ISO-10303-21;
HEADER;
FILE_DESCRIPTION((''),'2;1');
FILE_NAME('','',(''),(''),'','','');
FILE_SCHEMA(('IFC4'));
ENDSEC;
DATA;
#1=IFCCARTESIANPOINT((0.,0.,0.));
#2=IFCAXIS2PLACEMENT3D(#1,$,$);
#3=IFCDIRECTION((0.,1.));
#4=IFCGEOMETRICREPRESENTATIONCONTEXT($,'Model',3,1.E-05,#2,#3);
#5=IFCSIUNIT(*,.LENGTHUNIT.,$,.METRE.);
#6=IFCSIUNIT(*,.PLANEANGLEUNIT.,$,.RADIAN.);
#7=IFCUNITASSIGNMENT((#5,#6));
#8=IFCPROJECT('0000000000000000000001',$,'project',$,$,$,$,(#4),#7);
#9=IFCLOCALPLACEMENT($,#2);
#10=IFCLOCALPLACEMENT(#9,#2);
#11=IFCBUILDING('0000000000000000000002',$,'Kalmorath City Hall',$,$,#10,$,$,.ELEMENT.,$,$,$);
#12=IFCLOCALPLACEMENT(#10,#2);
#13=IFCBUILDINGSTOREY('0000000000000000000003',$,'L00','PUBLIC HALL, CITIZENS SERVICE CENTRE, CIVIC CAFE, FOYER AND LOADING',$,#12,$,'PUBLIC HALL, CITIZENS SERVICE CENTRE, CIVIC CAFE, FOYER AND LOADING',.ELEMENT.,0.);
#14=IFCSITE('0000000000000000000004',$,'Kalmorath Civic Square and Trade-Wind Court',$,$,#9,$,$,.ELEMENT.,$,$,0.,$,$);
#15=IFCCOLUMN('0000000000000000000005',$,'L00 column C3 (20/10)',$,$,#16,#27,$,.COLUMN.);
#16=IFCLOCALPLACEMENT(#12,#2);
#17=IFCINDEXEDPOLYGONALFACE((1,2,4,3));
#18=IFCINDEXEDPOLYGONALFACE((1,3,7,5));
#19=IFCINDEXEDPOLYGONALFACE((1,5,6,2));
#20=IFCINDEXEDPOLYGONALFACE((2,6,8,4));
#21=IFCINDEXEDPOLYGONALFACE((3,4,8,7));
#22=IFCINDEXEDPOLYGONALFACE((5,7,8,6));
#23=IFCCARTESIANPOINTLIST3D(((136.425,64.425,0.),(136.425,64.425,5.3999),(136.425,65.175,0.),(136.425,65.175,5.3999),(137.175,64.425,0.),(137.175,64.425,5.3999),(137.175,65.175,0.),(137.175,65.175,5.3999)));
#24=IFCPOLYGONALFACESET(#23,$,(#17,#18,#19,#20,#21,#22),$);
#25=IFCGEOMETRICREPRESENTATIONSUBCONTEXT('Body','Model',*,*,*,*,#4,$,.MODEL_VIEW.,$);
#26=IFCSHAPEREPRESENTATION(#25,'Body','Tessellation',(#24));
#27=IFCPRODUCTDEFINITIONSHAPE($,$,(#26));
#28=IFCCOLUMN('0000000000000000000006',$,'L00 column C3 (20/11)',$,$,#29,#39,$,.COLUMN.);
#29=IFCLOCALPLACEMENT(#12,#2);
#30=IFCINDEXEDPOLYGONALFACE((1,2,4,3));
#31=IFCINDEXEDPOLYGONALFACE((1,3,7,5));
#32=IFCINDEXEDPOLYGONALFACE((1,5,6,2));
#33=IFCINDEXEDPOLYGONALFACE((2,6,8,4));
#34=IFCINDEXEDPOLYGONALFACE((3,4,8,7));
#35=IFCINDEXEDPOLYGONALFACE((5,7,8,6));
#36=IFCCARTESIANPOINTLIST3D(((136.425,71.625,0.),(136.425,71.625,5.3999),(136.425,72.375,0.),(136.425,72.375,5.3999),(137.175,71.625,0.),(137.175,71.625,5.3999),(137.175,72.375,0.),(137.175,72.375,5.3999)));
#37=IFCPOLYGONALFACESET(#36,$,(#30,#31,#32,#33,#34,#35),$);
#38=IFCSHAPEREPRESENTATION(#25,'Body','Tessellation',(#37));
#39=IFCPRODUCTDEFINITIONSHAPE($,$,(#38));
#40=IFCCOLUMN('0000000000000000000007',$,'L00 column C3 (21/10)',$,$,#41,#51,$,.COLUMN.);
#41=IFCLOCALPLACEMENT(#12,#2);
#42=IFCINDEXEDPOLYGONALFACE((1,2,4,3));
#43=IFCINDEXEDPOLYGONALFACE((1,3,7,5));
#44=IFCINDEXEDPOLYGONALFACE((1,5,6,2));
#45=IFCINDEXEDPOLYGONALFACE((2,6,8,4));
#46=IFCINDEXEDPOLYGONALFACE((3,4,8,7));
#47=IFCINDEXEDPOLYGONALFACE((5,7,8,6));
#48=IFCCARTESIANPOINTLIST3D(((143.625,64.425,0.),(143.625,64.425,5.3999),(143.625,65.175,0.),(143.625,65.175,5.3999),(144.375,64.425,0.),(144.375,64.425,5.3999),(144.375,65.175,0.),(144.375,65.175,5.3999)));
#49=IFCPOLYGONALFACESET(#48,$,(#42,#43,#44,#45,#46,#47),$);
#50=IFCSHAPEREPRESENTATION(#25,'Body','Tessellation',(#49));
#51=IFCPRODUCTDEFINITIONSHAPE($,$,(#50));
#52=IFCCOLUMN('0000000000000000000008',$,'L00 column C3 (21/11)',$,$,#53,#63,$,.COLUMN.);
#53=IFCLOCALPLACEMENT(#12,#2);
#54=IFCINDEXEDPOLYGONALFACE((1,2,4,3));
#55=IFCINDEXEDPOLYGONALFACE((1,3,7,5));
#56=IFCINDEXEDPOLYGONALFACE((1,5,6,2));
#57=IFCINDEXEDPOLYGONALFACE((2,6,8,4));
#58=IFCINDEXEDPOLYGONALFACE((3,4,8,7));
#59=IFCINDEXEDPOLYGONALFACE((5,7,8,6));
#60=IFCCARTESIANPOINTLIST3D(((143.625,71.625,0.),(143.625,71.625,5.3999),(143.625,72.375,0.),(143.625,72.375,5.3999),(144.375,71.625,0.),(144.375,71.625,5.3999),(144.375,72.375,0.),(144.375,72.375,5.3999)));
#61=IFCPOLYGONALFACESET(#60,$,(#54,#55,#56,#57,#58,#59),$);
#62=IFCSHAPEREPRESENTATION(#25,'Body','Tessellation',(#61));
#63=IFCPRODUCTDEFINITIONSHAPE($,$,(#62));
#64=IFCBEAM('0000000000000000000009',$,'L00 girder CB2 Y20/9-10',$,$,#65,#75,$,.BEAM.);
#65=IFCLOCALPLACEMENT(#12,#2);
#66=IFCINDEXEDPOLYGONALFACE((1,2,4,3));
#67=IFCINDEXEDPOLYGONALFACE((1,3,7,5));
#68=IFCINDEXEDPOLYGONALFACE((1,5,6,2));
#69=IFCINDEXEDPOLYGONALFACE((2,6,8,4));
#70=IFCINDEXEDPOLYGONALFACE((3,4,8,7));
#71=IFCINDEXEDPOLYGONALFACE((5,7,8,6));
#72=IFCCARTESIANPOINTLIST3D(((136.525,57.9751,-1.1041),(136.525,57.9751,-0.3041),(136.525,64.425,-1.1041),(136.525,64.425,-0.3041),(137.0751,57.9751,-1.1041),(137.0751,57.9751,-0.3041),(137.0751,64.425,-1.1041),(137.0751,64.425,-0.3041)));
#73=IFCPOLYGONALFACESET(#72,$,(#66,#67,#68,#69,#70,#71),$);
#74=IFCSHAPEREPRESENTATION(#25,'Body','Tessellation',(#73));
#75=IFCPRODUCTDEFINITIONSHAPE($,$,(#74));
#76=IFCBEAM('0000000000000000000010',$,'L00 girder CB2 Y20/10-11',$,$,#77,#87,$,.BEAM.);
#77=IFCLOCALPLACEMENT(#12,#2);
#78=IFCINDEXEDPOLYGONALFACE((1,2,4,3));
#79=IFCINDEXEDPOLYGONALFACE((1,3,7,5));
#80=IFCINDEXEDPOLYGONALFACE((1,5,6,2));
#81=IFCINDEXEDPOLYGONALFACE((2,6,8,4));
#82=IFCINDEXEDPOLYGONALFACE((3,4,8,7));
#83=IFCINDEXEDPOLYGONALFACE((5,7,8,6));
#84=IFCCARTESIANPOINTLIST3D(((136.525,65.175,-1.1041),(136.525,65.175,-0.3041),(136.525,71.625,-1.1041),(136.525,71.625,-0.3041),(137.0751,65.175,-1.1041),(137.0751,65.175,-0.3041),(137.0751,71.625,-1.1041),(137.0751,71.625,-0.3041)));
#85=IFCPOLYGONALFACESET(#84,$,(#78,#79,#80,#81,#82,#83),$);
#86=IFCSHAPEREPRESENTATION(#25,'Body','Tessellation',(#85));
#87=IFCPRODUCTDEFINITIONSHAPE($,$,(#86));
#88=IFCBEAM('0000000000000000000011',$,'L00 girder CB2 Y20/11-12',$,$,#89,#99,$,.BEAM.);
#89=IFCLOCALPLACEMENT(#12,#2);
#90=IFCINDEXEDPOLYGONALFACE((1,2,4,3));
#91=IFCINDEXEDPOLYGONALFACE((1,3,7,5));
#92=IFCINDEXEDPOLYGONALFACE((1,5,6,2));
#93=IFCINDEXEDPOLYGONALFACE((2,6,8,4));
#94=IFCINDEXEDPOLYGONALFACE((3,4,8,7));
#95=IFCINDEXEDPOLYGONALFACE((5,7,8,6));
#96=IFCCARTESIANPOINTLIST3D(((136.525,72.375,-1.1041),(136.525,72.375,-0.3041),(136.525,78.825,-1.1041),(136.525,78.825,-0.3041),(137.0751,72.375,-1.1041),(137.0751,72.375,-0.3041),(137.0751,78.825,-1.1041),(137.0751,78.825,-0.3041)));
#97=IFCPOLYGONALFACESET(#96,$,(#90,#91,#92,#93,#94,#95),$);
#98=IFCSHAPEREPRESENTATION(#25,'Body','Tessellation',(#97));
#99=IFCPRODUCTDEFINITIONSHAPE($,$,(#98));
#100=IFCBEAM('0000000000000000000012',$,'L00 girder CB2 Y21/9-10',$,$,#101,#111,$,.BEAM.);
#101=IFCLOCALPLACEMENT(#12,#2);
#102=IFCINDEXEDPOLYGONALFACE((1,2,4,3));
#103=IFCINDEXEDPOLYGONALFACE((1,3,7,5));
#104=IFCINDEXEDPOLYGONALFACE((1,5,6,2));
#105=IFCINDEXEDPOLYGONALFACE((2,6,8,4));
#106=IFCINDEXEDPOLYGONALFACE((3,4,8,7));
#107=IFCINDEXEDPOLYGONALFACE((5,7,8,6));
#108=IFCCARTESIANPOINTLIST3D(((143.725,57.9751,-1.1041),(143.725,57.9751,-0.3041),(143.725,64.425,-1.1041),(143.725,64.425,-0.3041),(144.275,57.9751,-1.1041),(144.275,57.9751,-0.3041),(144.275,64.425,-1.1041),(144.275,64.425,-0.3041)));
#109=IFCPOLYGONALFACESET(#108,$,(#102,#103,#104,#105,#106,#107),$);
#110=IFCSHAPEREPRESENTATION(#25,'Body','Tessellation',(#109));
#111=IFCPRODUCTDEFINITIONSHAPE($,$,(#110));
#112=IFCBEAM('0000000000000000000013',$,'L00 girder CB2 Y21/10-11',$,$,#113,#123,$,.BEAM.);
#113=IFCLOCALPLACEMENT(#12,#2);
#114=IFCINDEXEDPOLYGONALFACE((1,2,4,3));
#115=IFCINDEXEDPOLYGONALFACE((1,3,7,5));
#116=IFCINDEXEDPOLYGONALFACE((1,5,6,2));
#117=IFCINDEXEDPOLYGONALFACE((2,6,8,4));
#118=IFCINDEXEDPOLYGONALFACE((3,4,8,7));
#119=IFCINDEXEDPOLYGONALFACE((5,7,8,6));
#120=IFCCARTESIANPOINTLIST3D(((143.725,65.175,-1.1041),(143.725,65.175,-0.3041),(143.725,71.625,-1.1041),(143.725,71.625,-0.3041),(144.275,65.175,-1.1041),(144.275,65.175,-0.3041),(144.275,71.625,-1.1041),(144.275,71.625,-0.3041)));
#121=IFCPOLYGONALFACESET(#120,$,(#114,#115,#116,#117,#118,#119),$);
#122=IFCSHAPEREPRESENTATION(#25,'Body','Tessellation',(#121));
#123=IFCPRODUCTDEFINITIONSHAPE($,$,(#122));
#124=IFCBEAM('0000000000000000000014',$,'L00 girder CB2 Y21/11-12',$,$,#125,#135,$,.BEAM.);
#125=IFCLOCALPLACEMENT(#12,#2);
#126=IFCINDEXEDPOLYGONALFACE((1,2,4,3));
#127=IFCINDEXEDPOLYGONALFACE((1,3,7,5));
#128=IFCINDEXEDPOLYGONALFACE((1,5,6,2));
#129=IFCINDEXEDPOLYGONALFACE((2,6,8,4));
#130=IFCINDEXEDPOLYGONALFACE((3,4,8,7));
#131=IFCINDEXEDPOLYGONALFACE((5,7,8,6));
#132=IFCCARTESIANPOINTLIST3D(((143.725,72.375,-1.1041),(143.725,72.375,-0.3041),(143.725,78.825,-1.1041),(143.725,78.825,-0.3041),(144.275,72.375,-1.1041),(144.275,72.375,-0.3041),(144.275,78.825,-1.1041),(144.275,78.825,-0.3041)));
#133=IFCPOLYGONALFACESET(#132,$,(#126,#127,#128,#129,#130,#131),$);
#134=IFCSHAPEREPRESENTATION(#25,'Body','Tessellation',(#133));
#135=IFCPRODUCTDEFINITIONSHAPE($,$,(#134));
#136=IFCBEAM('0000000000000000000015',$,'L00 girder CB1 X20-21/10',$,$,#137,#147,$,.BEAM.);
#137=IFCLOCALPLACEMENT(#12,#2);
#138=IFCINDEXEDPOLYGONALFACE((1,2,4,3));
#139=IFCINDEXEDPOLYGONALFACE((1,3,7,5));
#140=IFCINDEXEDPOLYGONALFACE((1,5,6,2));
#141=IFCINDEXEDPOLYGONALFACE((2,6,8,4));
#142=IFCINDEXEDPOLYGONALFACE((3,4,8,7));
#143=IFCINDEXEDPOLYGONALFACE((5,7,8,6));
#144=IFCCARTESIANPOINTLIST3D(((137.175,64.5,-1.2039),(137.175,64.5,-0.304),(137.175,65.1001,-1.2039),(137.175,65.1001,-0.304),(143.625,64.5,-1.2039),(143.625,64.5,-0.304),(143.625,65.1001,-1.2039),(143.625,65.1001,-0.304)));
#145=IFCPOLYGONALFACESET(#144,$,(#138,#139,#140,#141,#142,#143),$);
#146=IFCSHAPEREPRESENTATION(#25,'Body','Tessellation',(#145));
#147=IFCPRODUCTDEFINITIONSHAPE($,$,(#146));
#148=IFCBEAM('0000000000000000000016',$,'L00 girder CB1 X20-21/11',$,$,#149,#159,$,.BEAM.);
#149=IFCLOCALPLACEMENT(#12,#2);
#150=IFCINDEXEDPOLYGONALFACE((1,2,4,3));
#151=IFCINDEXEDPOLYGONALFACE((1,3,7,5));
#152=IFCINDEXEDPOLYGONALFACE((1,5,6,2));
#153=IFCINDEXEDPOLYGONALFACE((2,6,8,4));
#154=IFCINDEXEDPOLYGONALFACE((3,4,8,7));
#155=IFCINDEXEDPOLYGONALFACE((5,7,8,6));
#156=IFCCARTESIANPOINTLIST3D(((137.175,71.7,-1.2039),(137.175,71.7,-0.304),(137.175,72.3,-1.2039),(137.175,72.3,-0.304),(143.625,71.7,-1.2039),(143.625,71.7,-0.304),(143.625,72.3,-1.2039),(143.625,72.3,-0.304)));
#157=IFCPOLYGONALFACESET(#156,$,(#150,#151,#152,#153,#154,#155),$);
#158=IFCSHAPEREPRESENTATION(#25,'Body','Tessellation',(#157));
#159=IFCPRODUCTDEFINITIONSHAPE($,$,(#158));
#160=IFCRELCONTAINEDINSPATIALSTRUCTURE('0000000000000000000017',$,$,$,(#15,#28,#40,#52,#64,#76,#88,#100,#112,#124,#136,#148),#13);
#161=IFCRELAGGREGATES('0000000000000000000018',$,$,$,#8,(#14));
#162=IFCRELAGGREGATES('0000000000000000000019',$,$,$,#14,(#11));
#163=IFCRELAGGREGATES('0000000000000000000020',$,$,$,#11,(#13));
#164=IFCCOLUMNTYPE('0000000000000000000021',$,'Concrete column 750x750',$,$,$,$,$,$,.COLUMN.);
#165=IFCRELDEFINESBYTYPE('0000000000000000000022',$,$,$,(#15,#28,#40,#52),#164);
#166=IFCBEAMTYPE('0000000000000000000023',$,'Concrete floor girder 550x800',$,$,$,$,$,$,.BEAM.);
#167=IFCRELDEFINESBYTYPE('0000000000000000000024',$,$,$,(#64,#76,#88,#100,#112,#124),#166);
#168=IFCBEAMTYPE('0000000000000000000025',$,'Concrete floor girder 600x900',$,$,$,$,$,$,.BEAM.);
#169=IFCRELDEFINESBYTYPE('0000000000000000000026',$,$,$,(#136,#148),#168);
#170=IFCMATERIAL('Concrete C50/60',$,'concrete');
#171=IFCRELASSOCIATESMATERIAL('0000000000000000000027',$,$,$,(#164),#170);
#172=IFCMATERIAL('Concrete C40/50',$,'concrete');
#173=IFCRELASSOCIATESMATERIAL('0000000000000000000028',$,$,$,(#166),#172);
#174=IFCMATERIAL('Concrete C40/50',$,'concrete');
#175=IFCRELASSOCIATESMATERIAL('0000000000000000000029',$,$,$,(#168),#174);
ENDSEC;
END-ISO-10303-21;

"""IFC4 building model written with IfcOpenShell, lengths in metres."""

from ifc_helpers import new_model, si_unit, direction, frame, origin, origin_2d, place, context, subcontext, project, spatial, rectangle, extrude, material, material_profile, profile_set, type_object, element, save


model = new_model("IFC4")

# Units and contexts
model_context = context("Model", 3, precision=1e-05, world=origin(), true_north=direction((0.0, 1.0)))
body_context = subcontext(model_context, "Body", "Model", "MODEL_VIEW")
ifc_project = project(units=[si_unit("LENGTHUNIT", "METRE"), si_unit("PLANEANGLEUNIT", "RADIAN")], contexts=[model_context])

# Site, building, storey
site_placement = place(None, origin())
site = spatial("IfcSite", under=ifc_project, at=site_placement, Name="Kalmorath Civic Square and Trade-Wind Court", CompositionType="ELEMENT", RefElevation=0.0)
building_placement = place(site_placement, origin())
building = spatial("IfcBuilding", under=site, at=building_placement, Name="Kalmorath City Hall", CompositionType="ELEMENT")
storey_placement = place(building_placement, origin())
storey = spatial("IfcBuildingStorey", under=building, at=storey_placement, Name="L00", Description="PUBLIC HALL, CITIZENS SERVICE CENTRE, CIVIC CAFE, FOYER AND LOADING", LongName="PUBLIC HALL, CITIZENS SERVICE CENTRE, CIVIC CAFE, FOYER AND LOADING", CompositionType="ELEMENT", Elevation=0.0)

# Columns
ifc_material_1 = material(Name="Concrete C50/60", Category="concrete")
ifc_material_profile_1 = material_profile(ifc_material_1, rectangle(XDim=0.75, YDim=0.75, at=origin_2d()), Name="RC-COL-750X750")
ifc_profile_set_1 = profile_set([ifc_material_profile_1], Name="Concrete C50/60")
column_type = type_object("IfcColumnType", Name="Concrete column 750x750", PredefinedType="COLUMN", material=ifc_profile_set_1)
for number, where, z_axis, x_axis, name in (
    (1, (136.8, 64.8, 0.0), (0.0, 0.0, 1.0), (1.0, 0.0, 0.0), "L00 column C3 (20/10)"),
    (2, (136.8, 72.0, 0.0), (0.0, 0.0, 1.0), (1.0, 0.0, 0.0), "L00 column C3 (20/11)"),
    (3, (144.0, 64.8, 0.0), (0.0, 0.0, 1.0), (1.0, 0.0, 0.0), "L00 column C3 (21/10)"),
    (4, (144.0, 72.0, 0.0), (0.0, 0.0, 1.0), (1.0, 0.0, 0.0), "L00 column C3 (21/11)"),
):
    element("IfcColumn", number, at=place(storey_placement, frame(where, z_axis=z_axis, x_axis=x_axis)), inside=storey, type_object=column_type, Name=name, PredefinedType="COLUMN", context=body_context, shape_type="SweptSolid", body=[
        extrude(rectangle(XDim=0.75, YDim=0.75, at=origin_2d()), origin(), (0.0, 0.0, 1.0), 5.3999),
    ])

# Beams
ifc_material_2 = material(Name="Concrete C40/50", Category="concrete")
ifc_material_profile_2 = material_profile(ifc_material_2, rectangle(XDim=0.55, YDim=0.8, at=origin_2d()), Name="RC-BM-550X800")
ifc_profile_set_2 = profile_set([ifc_material_profile_2], Name="Concrete C40/50")
beam_type_1 = type_object("IfcBeamType", Name="Concrete floor girder 550x800", PredefinedType="BEAM", material=ifc_profile_set_2)
for number, where, z_axis, x_axis, name in (
    (5, (136.8, 57.9751, -0.7041), (0.0, 1.0, 0.0), (-1.0, 0.0, 0.0), "L00 girder CB2 Y20/9-10"),
    (6, (136.8, 65.175, -0.7041), (0.0, 1.0, 0.0), (-1.0, 0.0, 0.0), "L00 girder CB2 Y20/10-11"),
    (7, (136.8, 72.375, -0.7041), (0.0, 1.0, 0.0), (-1.0, 0.0, 0.0), "L00 girder CB2 Y20/11-12"),
    (8, (144.0, 57.9751, -0.7041), (0.0, 1.0, 0.0), (-1.0, 0.0, 0.0), "L00 girder CB2 Y21/9-10"),
    (9, (144.0, 65.175, -0.7041), (0.0, 1.0, 0.0), (-1.0, 0.0, 0.0), "L00 girder CB2 Y21/10-11"),
    (10, (144.0, 72.375, -0.7041), (0.0, 1.0, 0.0), (-1.0, 0.0, 0.0), "L00 girder CB2 Y21/11-12"),
):
    element("IfcBeam", number, at=place(storey_placement, frame(where, z_axis=z_axis, x_axis=x_axis)), inside=storey, type_object=beam_type_1, Name=name, PredefinedType="BEAM", context=body_context, shape_type="SweptSolid", body=[
        extrude(rectangle(XDim=0.55, YDim=0.8, at=origin_2d()), origin(), (0.0, 0.0, 1.0), 6.45),
    ])
ifc_material_3 = material(Name="Concrete C40/50", Category="concrete")
ifc_material_profile_3 = material_profile(ifc_material_3, rectangle(XDim=0.6001, YDim=0.8999, at=origin_2d()), Name="RC-BM-600X900")
ifc_profile_set_3 = profile_set([ifc_material_profile_3], Name="Concrete C40/50")
beam_type_2 = type_object("IfcBeamType", Name="Concrete floor girder 600x900", PredefinedType="BEAM", material=ifc_profile_set_3)
for number, where, z_axis, x_axis, name in (
    (11, (137.175, 64.8, -0.7539), (1.0, 0.0, 0.0), (0.0, 1.0, 0.0), "L00 girder CB1 X20-21/10"),
    (12, (137.175, 72.0, -0.7539), (1.0, 0.0, 0.0), (0.0, 1.0, 0.0), "L00 girder CB1 X20-21/11"),
):
    element("IfcBeam", number, at=place(storey_placement, frame(where, z_axis=z_axis, x_axis=x_axis)), inside=storey, type_object=beam_type_2, Name=name, PredefinedType="BEAM", context=body_context, shape_type="SweptSolid", body=[
        extrude(rectangle(XDim=0.6001, YDim=0.8999, at=origin_2d()), origin(), (0.0, 0.0, 1.0), 6.45),
    ])

save(model, "model.ifc")
